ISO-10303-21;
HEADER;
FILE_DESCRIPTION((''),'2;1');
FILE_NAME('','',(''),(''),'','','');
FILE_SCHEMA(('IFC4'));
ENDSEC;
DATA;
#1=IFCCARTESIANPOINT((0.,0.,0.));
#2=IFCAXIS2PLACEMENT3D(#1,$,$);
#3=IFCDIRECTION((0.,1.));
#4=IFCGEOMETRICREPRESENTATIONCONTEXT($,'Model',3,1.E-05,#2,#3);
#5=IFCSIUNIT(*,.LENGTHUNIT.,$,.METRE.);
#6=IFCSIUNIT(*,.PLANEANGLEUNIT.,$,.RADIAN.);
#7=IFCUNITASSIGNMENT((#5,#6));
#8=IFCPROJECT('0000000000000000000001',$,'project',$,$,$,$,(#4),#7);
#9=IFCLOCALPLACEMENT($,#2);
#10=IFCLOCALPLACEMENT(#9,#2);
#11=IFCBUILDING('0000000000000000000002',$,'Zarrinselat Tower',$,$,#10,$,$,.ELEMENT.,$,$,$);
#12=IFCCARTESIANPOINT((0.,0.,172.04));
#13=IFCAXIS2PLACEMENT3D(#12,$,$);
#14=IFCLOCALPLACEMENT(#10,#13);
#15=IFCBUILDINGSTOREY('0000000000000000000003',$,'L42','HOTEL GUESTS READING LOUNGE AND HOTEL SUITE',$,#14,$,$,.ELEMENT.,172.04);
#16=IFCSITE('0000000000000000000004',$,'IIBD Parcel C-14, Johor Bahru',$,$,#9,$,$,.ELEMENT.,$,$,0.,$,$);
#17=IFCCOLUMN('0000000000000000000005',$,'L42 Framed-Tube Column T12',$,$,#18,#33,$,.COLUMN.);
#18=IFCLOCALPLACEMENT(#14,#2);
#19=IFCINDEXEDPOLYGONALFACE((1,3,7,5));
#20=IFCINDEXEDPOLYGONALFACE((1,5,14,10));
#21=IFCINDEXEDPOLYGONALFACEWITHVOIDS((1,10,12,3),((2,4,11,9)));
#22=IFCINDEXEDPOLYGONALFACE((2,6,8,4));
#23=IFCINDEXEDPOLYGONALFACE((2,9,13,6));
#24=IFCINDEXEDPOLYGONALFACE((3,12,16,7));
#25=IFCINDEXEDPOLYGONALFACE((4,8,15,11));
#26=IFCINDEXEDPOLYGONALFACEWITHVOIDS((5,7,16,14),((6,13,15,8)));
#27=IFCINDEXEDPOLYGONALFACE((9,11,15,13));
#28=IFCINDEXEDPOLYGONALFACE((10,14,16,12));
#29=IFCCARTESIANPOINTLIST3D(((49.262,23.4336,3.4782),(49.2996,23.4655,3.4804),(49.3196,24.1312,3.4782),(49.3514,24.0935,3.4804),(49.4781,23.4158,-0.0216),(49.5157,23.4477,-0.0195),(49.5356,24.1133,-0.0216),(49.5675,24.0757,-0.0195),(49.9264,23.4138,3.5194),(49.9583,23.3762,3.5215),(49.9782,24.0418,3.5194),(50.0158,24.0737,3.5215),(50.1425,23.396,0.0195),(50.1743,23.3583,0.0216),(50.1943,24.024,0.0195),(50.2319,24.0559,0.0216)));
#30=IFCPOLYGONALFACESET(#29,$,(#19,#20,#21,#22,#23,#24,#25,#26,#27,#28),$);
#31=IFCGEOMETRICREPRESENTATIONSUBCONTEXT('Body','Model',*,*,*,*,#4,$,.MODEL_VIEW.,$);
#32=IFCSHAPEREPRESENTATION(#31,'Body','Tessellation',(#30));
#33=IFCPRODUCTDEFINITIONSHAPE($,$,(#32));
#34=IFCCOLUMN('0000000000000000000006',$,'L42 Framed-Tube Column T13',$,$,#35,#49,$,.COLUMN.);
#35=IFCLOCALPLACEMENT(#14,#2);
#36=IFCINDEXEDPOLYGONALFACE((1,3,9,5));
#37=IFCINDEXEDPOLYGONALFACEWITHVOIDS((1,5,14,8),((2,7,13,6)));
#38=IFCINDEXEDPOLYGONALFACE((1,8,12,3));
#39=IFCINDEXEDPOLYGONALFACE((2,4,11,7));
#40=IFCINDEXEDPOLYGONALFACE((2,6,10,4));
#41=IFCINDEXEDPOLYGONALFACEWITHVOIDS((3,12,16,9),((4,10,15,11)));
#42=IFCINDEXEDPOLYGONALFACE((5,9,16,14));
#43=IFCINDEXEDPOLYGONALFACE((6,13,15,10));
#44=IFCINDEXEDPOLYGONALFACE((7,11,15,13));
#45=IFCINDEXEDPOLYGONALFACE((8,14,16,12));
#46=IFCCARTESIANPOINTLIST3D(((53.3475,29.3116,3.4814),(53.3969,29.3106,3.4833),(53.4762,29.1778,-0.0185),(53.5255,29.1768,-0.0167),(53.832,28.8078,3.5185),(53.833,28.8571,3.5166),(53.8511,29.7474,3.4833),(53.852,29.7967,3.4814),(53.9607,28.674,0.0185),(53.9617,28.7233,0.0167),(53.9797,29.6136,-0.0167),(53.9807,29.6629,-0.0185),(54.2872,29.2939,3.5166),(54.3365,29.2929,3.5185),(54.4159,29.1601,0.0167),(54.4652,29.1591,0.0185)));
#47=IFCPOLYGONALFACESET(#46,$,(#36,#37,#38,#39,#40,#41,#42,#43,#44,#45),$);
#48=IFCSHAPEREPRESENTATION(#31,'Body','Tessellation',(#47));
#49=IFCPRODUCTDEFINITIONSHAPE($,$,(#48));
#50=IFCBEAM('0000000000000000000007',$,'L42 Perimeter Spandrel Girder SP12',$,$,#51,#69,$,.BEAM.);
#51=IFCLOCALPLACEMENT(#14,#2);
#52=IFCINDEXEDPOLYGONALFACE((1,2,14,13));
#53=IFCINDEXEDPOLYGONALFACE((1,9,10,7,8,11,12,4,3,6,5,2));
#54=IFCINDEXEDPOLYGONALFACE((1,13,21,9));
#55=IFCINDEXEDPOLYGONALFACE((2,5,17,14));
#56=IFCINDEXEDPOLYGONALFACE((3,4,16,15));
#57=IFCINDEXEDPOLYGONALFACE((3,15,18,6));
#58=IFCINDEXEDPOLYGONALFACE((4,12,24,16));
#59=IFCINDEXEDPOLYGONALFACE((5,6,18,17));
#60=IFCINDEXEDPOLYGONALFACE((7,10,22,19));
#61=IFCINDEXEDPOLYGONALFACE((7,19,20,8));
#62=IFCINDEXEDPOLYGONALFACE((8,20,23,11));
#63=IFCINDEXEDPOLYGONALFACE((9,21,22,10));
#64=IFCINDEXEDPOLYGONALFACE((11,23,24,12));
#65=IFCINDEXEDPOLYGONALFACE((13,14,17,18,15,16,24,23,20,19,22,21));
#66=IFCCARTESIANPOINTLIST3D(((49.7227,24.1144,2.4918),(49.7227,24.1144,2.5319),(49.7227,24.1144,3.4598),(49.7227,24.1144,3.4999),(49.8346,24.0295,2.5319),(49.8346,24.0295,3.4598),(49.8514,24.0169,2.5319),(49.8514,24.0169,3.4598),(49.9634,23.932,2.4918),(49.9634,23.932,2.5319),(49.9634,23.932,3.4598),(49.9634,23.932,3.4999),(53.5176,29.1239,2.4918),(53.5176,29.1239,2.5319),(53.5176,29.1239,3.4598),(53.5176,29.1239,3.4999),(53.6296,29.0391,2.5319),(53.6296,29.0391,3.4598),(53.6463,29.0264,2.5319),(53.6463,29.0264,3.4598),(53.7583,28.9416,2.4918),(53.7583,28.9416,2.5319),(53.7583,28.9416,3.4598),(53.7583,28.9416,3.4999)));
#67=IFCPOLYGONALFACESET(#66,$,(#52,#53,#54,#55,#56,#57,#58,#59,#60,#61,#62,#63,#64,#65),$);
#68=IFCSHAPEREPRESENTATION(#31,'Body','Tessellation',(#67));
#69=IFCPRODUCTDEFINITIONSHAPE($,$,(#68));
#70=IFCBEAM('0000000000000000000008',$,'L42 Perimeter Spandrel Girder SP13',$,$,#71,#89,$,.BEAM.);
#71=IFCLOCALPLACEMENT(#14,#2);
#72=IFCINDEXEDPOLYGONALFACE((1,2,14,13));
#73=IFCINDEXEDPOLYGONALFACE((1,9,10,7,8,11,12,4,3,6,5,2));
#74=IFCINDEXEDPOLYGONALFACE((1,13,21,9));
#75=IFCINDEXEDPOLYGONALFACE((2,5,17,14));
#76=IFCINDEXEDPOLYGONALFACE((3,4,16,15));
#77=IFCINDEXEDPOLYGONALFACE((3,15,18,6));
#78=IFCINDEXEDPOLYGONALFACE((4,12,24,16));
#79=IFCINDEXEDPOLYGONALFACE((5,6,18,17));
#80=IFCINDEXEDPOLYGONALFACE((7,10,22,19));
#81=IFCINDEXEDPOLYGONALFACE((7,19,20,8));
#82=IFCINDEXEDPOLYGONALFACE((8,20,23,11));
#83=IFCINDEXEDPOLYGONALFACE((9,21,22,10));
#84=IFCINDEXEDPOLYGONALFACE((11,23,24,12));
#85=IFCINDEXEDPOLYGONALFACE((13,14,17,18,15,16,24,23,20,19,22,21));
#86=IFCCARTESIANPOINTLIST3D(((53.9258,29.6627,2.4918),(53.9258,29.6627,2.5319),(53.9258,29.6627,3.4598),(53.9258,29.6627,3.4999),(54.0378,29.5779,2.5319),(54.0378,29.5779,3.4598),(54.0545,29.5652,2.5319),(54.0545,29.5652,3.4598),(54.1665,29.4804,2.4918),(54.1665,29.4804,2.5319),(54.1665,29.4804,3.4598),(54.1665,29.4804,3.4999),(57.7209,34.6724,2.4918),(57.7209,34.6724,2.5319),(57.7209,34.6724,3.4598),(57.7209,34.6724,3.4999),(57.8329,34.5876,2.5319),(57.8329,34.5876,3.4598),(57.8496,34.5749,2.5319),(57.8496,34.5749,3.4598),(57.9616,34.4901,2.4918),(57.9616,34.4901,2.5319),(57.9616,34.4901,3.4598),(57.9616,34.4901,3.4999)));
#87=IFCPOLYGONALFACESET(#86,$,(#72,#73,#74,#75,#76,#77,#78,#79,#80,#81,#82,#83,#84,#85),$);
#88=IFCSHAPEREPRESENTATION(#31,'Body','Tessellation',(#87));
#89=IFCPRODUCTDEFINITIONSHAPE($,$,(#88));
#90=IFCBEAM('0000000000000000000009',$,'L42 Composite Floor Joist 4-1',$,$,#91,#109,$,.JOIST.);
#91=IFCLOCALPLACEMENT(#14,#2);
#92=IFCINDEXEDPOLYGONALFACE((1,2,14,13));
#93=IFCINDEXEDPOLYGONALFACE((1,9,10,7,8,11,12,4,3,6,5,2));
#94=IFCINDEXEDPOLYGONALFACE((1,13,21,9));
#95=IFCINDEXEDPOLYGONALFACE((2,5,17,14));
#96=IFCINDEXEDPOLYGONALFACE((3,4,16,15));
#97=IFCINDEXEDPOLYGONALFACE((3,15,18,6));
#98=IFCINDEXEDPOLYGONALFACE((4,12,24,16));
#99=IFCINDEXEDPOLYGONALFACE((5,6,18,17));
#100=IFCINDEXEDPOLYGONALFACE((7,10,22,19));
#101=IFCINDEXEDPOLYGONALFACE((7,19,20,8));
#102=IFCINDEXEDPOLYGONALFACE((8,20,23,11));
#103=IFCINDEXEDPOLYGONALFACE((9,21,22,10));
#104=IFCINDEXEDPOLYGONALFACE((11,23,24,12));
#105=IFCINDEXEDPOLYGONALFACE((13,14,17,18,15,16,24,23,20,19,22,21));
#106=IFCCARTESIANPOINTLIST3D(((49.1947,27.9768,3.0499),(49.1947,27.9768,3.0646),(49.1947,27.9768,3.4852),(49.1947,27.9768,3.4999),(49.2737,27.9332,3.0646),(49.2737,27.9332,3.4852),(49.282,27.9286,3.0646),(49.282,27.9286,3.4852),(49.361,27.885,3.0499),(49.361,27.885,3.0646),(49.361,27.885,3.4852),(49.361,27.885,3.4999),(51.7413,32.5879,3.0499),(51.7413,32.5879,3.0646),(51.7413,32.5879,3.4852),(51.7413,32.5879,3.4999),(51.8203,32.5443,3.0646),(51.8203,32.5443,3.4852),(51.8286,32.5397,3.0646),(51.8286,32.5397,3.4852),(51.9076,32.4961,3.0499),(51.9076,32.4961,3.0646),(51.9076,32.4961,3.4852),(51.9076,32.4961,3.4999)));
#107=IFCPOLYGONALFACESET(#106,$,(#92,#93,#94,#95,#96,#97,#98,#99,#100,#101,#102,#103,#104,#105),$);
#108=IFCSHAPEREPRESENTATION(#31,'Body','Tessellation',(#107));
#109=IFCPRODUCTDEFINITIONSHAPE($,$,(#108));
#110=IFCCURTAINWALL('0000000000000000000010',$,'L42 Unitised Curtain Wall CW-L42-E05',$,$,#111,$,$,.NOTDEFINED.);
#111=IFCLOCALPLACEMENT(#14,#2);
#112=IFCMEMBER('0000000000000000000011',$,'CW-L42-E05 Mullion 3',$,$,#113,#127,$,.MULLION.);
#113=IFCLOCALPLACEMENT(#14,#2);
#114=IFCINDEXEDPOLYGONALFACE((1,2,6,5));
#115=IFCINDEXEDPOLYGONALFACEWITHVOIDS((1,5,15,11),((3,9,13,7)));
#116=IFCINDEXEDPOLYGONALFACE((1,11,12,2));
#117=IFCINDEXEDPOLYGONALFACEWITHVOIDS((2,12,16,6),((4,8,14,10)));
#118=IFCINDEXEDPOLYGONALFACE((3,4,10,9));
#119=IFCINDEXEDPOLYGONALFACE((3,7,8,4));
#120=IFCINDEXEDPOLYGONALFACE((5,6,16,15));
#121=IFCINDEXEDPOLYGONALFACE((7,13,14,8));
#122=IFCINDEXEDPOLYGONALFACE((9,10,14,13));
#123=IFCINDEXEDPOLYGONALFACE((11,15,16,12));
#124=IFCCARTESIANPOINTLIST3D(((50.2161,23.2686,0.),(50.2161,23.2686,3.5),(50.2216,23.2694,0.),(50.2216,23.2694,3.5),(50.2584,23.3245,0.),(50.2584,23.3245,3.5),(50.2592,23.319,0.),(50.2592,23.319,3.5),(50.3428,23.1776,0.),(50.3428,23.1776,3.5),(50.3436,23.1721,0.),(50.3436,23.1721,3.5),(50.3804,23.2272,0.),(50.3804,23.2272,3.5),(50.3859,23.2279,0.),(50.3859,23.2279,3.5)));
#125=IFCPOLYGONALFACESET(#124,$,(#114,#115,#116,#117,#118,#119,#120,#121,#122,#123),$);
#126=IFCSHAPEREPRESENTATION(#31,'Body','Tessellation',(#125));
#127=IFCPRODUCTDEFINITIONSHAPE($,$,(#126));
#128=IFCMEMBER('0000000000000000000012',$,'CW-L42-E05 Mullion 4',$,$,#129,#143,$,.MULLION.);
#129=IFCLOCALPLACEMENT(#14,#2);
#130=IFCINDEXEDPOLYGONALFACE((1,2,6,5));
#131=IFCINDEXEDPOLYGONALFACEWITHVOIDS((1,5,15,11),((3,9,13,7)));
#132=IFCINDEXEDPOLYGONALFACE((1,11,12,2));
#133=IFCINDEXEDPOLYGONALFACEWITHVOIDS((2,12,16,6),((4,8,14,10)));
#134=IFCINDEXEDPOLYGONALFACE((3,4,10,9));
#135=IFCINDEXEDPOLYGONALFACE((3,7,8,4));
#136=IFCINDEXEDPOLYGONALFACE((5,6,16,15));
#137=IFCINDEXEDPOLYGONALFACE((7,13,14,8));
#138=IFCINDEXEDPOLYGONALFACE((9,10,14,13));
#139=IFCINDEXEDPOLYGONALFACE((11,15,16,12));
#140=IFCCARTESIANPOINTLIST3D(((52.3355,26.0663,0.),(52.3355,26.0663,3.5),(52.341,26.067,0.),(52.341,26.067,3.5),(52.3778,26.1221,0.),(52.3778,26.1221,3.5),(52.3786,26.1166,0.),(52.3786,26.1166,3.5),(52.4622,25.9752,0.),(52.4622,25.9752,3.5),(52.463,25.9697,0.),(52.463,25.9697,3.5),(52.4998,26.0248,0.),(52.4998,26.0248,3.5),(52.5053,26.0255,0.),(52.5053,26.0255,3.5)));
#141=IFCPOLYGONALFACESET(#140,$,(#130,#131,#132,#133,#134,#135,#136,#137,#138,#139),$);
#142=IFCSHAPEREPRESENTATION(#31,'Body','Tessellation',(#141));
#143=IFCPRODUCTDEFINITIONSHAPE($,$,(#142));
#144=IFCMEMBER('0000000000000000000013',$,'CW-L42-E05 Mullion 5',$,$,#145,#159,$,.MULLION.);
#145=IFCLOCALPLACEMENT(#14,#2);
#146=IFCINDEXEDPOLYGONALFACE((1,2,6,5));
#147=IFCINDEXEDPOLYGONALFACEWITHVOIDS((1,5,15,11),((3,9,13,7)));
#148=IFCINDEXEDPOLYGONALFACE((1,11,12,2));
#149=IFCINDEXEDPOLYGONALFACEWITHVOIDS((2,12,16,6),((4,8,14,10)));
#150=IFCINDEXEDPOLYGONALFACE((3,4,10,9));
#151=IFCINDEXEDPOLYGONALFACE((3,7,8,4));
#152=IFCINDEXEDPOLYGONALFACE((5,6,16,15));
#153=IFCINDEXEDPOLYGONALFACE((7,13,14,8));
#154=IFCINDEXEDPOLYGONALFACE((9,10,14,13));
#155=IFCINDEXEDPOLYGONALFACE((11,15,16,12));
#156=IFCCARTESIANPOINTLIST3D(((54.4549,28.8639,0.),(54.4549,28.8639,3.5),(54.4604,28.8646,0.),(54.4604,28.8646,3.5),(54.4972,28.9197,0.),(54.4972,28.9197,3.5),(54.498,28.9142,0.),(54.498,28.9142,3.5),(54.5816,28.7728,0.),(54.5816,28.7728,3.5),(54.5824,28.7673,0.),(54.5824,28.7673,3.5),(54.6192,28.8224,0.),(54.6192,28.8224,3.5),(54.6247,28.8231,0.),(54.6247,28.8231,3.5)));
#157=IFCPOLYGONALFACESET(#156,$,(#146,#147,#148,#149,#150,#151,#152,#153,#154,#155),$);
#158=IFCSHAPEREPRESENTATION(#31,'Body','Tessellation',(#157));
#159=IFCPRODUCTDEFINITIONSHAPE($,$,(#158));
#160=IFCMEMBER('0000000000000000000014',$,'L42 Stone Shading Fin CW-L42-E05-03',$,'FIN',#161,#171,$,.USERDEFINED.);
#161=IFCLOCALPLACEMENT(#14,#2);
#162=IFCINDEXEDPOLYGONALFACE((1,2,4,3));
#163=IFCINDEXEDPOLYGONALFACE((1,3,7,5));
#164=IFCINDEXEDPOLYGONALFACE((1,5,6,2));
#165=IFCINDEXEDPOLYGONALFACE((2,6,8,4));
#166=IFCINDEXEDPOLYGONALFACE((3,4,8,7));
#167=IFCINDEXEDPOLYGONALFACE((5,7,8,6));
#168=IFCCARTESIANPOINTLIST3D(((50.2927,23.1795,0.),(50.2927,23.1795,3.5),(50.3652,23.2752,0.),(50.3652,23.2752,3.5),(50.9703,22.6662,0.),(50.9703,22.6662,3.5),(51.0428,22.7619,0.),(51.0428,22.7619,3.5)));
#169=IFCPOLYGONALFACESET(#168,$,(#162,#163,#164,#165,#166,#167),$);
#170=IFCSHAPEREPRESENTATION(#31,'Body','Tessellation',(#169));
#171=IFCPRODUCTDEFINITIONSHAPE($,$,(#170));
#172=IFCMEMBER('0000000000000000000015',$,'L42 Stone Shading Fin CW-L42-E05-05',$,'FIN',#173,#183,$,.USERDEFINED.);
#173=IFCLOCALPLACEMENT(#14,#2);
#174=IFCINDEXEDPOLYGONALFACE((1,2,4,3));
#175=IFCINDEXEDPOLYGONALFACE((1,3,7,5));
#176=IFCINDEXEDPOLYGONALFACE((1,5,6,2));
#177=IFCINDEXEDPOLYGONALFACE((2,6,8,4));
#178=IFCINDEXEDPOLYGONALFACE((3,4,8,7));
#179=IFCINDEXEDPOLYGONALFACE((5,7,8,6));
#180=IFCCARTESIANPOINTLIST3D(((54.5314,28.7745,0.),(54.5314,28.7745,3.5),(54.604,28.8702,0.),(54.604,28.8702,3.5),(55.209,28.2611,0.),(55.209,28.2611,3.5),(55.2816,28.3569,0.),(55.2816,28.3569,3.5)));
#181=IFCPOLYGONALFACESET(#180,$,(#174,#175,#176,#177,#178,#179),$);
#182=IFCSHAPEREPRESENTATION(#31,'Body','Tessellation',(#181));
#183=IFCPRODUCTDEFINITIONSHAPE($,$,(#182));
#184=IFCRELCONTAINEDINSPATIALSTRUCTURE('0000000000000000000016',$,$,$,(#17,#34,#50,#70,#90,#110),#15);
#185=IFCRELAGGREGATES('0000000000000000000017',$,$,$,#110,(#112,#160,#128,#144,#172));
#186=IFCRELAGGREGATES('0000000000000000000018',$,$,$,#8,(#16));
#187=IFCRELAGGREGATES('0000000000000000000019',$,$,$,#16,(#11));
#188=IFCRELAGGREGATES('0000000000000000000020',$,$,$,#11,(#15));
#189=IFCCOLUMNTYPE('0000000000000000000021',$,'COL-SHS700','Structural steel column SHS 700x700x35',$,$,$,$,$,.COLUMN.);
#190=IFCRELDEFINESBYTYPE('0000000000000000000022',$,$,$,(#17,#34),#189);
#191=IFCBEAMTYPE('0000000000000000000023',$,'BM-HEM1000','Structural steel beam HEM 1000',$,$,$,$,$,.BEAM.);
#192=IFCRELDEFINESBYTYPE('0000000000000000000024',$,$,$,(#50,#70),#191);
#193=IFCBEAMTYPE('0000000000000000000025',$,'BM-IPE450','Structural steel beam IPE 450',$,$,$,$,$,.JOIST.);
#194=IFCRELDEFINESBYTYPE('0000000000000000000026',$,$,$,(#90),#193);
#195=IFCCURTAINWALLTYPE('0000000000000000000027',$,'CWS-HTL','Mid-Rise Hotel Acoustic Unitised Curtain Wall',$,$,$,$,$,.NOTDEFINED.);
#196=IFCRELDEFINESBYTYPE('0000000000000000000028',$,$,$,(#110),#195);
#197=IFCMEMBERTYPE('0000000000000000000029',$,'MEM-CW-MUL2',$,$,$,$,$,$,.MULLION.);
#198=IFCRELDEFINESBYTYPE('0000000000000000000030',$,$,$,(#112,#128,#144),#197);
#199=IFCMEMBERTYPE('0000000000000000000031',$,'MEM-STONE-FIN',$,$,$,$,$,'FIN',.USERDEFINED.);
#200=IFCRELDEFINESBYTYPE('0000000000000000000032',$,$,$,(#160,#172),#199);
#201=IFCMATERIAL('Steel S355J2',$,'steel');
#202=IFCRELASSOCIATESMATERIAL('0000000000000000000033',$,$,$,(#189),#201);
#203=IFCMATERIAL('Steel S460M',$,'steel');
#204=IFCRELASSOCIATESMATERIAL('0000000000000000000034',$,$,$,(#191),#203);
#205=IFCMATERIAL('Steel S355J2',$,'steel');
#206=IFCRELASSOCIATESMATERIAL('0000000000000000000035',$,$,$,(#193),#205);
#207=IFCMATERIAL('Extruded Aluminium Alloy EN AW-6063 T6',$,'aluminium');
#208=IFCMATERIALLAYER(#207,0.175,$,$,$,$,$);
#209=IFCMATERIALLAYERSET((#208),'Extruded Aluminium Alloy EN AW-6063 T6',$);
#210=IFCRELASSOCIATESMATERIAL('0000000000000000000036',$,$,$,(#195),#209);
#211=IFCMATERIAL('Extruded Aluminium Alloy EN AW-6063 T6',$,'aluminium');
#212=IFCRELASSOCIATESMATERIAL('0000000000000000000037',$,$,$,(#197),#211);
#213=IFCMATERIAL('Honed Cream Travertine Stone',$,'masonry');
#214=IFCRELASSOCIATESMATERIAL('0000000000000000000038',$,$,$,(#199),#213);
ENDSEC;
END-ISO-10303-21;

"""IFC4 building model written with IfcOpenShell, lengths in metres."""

from ifc_helpers import new_model, si_unit, direction, frame, origin, origin_2d, place, context, subcontext, project, spatial, rectangle, hollow_rectangle, i_section, extrude, material, layer, layer_set, material_profile, profile_set, type_object, element, aggregate, save


model = new_model("IFC4")

# Units and contexts
model_context = context("Model", 3, precision=1e-05, world=origin(), true_north=direction((0.0, 1.0)))
body_context = subcontext(model_context, "Body", "Model", "MODEL_VIEW")
ifc_project = project(units=[si_unit("LENGTHUNIT", "METRE"), si_unit("PLANEANGLEUNIT", "RADIAN")], contexts=[model_context])

# Site, building, storey
site_placement = place(None, origin())
site = spatial("IfcSite", under=ifc_project, at=site_placement, Name="IIBD Parcel C-14, Johor Bahru", CompositionType="ELEMENT", RefElevation=0.0)
building_placement = place(site_placement, origin())
building = spatial("IfcBuilding", under=site, at=building_placement, Name="Zarrinselat Tower", CompositionType="ELEMENT")
storey_placement = place(building_placement, frame((0.0, 0.0, 172.04)))
storey = spatial("IfcBuildingStorey", under=building, at=storey_placement, Name="L42", Description="HOTEL GUESTS READING LOUNGE AND HOTEL SUITE", CompositionType="ELEMENT", Elevation=172.04)

# Columns
ifc_material_1 = material(Name="Steel S355J2", Category="steel")
ifc_material_profile_1 = material_profile(ifc_material_1, hollow_rectangle(XDim=0.7, YDim=0.7, WallThickness=0.0349, at=origin_2d()), Name="SHS 700x700x35")
ifc_profile_set_1 = profile_set([ifc_material_profile_1], Name="Steel S355J2")
column_type = type_object("IfcColumnType", Name="COL-SHS700", Description="Structural steel column SHS 700x700x35", PredefinedType="COLUMN", material=ifc_profile_set_1)
column_1_placement = place(storey_placement, frame((49.855, 23.7358, 0.0), z_axis=(-0.061615, 0.005082, 0.998087), x_axis=(-0.082207, -0.996615, 0.0)))
element("IfcColumn", 1, at=column_1_placement, inside=storey, type_object=column_type, Name="L42 Framed-Tube Column T12", PredefinedType="COLUMN", context=body_context, shape_type="SweptSolid", body=[
    extrude(hollow_rectangle(XDim=0.7, YDim=0.7, WallThickness=0.0349, at=origin_2d()), origin(), (0.0, 0.0, 1.0), 3.5066),
])
column_2_placement = place(storey_placement, frame((53.9707, 29.1685, 0.0), z_axis=(-0.036709, 0.038172, 0.998597), x_axis=(-0.720783, -0.693161, 0.0)))
element("IfcColumn", 2, at=column_2_placement, inside=storey, type_object=column_type, Name="L42 Framed-Tube Column T13", PredefinedType="COLUMN", context=body_context, shape_type="SweptSolid", body=[
    extrude(hollow_rectangle(XDim=0.7, YDim=0.7, WallThickness=0.0349, at=origin_2d()), origin(), (0.0, 0.0, 1.0), 3.5049),
])

# Beams
ifc_material_2 = material(Name="Steel S460M", Category="steel")
ifc_material_profile_2 = material_profile(ifc_material_2, i_section(OverallWidth=0.302, OverallDepth=1.0081, WebThickness=0.021, FlangeThickness=0.04, at=origin_2d()), Name="HEM 1000")
ifc_profile_set_2 = profile_set([ifc_material_profile_2], Name="Steel S460M")
beam_type_1 = type_object("IfcBeamType", Name="BM-HEM1000", Description="Structural steel beam HEM 1000", PredefinedType="BEAM", material=ifc_profile_set_2)
beam_1_placement = place(storey_placement, frame((49.843, 24.0232, 2.9958), z_axis=(0.60384, 0.797105, 0.0), x_axis=(-0.797105, 0.60384, 0.0)))
element("IfcBeam", 3, at=beam_1_placement, inside=storey, type_object=beam_type_1, Name="L42 Perimeter Spandrel Girder SP12", PredefinedType="BEAM", context=body_context, shape_type="SweptSolid", body=[
    extrude(i_section(OverallWidth=0.302, OverallDepth=1.0081, WebThickness=0.021, FlangeThickness=0.04, at=origin_2d()), origin(), (0.0, 0.0, 1.0), 6.2847),
])
beam_2_placement = place(storey_placement, frame((54.0461, 29.5715, 2.9958), z_axis=(0.603846, 0.797101, 0.0), x_axis=(-0.797101, 0.603846, 0.0)))
element("IfcBeam", 4, at=beam_2_placement, inside=storey, type_object=beam_type_1, Name="L42 Perimeter Spandrel Girder SP13", PredefinedType="BEAM", context=body_context, shape_type="SweptSolid", body=[
    extrude(i_section(OverallWidth=0.302, OverallDepth=1.0081, WebThickness=0.021, FlangeThickness=0.04, at=origin_2d()), origin(), (0.0, 0.0, 1.0), 6.2849),
])
ifc_material_3 = material(Name="Steel S355J2", Category="steel")
ifc_material_profile_3 = material_profile(ifc_material_3, i_section(OverallWidth=0.1899, OverallDepth=0.45, WebThickness=0.0095, FlangeThickness=0.0146, at=origin_2d()), Name="IPE 450")
ifc_profile_set_3 = profile_set([ifc_material_profile_3], Name="Steel S355J2")
beam_type_2 = type_object("IfcBeamType", Name="BM-IPE450", Description="Structural steel beam IPE 450", PredefinedType="JOIST", material=ifc_profile_set_3)
beam_3_placement = place(storey_placement, frame((49.2778, 27.9309, 3.2749), z_axis=(0.483453, 0.87537, 0.0), x_axis=(-0.87537, 0.483453, 0.0)))
element("IfcBeam", 5, at=beam_3_placement, inside=storey, type_object=beam_type_2, Name="L42 Composite Floor Joist 4-1", PredefinedType="JOIST", context=body_context, shape_type="SweptSolid", body=[
    extrude(i_section(OverallWidth=0.1899, OverallDepth=0.45, WebThickness=0.0095, FlangeThickness=0.0146, at=origin_2d()), origin(), (0.0, 0.0, 1.0), 5.2676),
])

# Curtain wall, members
ifc_material_4 = material(Name="Extruded Aluminium Alloy EN AW-6063 T6", Category="aluminium")
ifc_layer_1 = layer(ifc_material_4, 0.175)
ifc_layer_set_1 = layer_set([ifc_layer_1], Name="Extruded Aluminium Alloy EN AW-6063 T6")
curtain_wall_type = type_object("IfcCurtainWallType", Name="CWS-HTL", Description="Mid-Rise Hotel Acoustic Unitised Curtain Wall", PredefinedType="NOTDEFINED", material=ifc_layer_set_1)
curtain_wall_placement = place(storey_placement, origin())
curtain_wall = element("IfcCurtainWall", 6, at=curtain_wall_placement, inside=storey, type_object=curtain_wall_type, Name="L42 Unitised Curtain Wall CW-L42-E05", PredefinedType="NOTDEFINED")
ifc_material_5 = material(Name="Extruded Aluminium Alloy EN AW-6063 T6", Category="aluminium")
ifc_material_profile_4 = material_profile(ifc_material_5, hollow_rectangle(XDim=0.0701, YDim=0.1599, WallThickness=0.0039, at=origin_2d()), Name="RHS 160x70x4")
ifc_profile_set_4 = profile_set([ifc_material_profile_4], Name="Extruded Aluminium Alloy EN AW-6063 T6")
member_type_1 = type_object("IfcMemberType", Name="MEM-CW-MUL2", PredefinedType="MULLION", material=ifc_profile_set_4)
member_1_placement = place(storey_placement, frame((50.301, 23.2483, 0.0), z_axis=(0.0, 0.0, 1.0), x_axis=(0.603859, 0.797091, 0.0)))
member_1 = element("IfcMember", 7, at=member_1_placement, type_object=member_type_1, Name="CW-L42-E05 Mullion 3", PredefinedType="MULLION", context=body_context, shape_type="SweptSolid", body=[
    extrude(hollow_rectangle(XDim=0.0701, YDim=0.1599, WallThickness=0.0039, at=origin_2d()), origin(), (0.0, 0.0, 1.0), 3.5),
])
member_2_placement = place(storey_placement, frame((52.4204, 26.0459, 0.0), z_axis=(0.0, 0.0, 1.0), x_axis=(0.603859, 0.797091, 0.0)))
member_2 = element("IfcMember", 8, at=member_2_placement, type_object=member_type_1, Name="CW-L42-E05 Mullion 4", PredefinedType="MULLION", context=body_context, shape_type="SweptSolid", body=[
    extrude(hollow_rectangle(XDim=0.0701, YDim=0.1599, WallThickness=0.0039, at=origin_2d()), origin(), (0.0, 0.0, 1.0), 3.5),
])
member_3_placement = place(storey_placement, frame((54.5398, 28.8435, 0.0), z_axis=(0.0, 0.0, 1.0), x_axis=(0.603859, 0.797091, 0.0)))
member_3 = element("IfcMember", 9, at=member_3_placement, type_object=member_type_1, Name="CW-L42-E05 Mullion 5", PredefinedType="MULLION", context=body_context, shape_type="SweptSolid", body=[
    extrude(hollow_rectangle(XDim=0.0701, YDim=0.1599, WallThickness=0.0039, at=origin_2d()), origin(), (0.0, 0.0, 1.0), 3.5),
])
ifc_material_6 = material(Name="Honed Cream Travertine Stone", Category="masonry")
ifc_material_profile_5 = material_profile(ifc_material_6, rectangle(XDim=0.1201, YDim=0.8501, at=origin_2d()), Name="FIN 850x120")
ifc_profile_set_5 = profile_set([ifc_material_profile_5], Name="Honed Cream Travertine Stone")
member_type_2 = type_object("IfcMemberType", Name="MEM-STONE-FIN", ElementType="FIN", PredefinedType="USERDEFINED", material=ifc_profile_set_5)
member_4_placement = place(storey_placement, frame((50.6677, 22.9707, 0.0), z_axis=(0.0, 0.0, 1.0), x_axis=(-0.603859, -0.797091, 0.0)))
member_4 = element("IfcMember", 10, at=member_4_placement, type_object=member_type_2, Name="L42 Stone Shading Fin CW-L42-E05-03", ObjectType="FIN", PredefinedType="USERDEFINED", context=body_context, shape_type="SweptSolid", body=[
    extrude(rectangle(XDim=0.1201, YDim=0.8501, at=origin_2d()), origin(), (0.0, 0.0, 1.0), 3.5),
])
member_5_placement = place(storey_placement, frame((54.9065, 28.5657, 0.0), z_axis=(0.0, 0.0, 1.0), x_axis=(-0.603859, -0.797091, 0.0)))
member_5 = element("IfcMember", 11, at=member_5_placement, type_object=member_type_2, Name="L42 Stone Shading Fin CW-L42-E05-05", ObjectType="FIN", PredefinedType="USERDEFINED", context=body_context, shape_type="SweptSolid", body=[
    extrude(rectangle(XDim=0.1201, YDim=0.8501, at=origin_2d()), origin(), (0.0, 0.0, 1.0), 3.5),
])
aggregate(curtain_wall, [member_1, member_4, member_2, member_3, member_5])

save(model, "model.ifc")
